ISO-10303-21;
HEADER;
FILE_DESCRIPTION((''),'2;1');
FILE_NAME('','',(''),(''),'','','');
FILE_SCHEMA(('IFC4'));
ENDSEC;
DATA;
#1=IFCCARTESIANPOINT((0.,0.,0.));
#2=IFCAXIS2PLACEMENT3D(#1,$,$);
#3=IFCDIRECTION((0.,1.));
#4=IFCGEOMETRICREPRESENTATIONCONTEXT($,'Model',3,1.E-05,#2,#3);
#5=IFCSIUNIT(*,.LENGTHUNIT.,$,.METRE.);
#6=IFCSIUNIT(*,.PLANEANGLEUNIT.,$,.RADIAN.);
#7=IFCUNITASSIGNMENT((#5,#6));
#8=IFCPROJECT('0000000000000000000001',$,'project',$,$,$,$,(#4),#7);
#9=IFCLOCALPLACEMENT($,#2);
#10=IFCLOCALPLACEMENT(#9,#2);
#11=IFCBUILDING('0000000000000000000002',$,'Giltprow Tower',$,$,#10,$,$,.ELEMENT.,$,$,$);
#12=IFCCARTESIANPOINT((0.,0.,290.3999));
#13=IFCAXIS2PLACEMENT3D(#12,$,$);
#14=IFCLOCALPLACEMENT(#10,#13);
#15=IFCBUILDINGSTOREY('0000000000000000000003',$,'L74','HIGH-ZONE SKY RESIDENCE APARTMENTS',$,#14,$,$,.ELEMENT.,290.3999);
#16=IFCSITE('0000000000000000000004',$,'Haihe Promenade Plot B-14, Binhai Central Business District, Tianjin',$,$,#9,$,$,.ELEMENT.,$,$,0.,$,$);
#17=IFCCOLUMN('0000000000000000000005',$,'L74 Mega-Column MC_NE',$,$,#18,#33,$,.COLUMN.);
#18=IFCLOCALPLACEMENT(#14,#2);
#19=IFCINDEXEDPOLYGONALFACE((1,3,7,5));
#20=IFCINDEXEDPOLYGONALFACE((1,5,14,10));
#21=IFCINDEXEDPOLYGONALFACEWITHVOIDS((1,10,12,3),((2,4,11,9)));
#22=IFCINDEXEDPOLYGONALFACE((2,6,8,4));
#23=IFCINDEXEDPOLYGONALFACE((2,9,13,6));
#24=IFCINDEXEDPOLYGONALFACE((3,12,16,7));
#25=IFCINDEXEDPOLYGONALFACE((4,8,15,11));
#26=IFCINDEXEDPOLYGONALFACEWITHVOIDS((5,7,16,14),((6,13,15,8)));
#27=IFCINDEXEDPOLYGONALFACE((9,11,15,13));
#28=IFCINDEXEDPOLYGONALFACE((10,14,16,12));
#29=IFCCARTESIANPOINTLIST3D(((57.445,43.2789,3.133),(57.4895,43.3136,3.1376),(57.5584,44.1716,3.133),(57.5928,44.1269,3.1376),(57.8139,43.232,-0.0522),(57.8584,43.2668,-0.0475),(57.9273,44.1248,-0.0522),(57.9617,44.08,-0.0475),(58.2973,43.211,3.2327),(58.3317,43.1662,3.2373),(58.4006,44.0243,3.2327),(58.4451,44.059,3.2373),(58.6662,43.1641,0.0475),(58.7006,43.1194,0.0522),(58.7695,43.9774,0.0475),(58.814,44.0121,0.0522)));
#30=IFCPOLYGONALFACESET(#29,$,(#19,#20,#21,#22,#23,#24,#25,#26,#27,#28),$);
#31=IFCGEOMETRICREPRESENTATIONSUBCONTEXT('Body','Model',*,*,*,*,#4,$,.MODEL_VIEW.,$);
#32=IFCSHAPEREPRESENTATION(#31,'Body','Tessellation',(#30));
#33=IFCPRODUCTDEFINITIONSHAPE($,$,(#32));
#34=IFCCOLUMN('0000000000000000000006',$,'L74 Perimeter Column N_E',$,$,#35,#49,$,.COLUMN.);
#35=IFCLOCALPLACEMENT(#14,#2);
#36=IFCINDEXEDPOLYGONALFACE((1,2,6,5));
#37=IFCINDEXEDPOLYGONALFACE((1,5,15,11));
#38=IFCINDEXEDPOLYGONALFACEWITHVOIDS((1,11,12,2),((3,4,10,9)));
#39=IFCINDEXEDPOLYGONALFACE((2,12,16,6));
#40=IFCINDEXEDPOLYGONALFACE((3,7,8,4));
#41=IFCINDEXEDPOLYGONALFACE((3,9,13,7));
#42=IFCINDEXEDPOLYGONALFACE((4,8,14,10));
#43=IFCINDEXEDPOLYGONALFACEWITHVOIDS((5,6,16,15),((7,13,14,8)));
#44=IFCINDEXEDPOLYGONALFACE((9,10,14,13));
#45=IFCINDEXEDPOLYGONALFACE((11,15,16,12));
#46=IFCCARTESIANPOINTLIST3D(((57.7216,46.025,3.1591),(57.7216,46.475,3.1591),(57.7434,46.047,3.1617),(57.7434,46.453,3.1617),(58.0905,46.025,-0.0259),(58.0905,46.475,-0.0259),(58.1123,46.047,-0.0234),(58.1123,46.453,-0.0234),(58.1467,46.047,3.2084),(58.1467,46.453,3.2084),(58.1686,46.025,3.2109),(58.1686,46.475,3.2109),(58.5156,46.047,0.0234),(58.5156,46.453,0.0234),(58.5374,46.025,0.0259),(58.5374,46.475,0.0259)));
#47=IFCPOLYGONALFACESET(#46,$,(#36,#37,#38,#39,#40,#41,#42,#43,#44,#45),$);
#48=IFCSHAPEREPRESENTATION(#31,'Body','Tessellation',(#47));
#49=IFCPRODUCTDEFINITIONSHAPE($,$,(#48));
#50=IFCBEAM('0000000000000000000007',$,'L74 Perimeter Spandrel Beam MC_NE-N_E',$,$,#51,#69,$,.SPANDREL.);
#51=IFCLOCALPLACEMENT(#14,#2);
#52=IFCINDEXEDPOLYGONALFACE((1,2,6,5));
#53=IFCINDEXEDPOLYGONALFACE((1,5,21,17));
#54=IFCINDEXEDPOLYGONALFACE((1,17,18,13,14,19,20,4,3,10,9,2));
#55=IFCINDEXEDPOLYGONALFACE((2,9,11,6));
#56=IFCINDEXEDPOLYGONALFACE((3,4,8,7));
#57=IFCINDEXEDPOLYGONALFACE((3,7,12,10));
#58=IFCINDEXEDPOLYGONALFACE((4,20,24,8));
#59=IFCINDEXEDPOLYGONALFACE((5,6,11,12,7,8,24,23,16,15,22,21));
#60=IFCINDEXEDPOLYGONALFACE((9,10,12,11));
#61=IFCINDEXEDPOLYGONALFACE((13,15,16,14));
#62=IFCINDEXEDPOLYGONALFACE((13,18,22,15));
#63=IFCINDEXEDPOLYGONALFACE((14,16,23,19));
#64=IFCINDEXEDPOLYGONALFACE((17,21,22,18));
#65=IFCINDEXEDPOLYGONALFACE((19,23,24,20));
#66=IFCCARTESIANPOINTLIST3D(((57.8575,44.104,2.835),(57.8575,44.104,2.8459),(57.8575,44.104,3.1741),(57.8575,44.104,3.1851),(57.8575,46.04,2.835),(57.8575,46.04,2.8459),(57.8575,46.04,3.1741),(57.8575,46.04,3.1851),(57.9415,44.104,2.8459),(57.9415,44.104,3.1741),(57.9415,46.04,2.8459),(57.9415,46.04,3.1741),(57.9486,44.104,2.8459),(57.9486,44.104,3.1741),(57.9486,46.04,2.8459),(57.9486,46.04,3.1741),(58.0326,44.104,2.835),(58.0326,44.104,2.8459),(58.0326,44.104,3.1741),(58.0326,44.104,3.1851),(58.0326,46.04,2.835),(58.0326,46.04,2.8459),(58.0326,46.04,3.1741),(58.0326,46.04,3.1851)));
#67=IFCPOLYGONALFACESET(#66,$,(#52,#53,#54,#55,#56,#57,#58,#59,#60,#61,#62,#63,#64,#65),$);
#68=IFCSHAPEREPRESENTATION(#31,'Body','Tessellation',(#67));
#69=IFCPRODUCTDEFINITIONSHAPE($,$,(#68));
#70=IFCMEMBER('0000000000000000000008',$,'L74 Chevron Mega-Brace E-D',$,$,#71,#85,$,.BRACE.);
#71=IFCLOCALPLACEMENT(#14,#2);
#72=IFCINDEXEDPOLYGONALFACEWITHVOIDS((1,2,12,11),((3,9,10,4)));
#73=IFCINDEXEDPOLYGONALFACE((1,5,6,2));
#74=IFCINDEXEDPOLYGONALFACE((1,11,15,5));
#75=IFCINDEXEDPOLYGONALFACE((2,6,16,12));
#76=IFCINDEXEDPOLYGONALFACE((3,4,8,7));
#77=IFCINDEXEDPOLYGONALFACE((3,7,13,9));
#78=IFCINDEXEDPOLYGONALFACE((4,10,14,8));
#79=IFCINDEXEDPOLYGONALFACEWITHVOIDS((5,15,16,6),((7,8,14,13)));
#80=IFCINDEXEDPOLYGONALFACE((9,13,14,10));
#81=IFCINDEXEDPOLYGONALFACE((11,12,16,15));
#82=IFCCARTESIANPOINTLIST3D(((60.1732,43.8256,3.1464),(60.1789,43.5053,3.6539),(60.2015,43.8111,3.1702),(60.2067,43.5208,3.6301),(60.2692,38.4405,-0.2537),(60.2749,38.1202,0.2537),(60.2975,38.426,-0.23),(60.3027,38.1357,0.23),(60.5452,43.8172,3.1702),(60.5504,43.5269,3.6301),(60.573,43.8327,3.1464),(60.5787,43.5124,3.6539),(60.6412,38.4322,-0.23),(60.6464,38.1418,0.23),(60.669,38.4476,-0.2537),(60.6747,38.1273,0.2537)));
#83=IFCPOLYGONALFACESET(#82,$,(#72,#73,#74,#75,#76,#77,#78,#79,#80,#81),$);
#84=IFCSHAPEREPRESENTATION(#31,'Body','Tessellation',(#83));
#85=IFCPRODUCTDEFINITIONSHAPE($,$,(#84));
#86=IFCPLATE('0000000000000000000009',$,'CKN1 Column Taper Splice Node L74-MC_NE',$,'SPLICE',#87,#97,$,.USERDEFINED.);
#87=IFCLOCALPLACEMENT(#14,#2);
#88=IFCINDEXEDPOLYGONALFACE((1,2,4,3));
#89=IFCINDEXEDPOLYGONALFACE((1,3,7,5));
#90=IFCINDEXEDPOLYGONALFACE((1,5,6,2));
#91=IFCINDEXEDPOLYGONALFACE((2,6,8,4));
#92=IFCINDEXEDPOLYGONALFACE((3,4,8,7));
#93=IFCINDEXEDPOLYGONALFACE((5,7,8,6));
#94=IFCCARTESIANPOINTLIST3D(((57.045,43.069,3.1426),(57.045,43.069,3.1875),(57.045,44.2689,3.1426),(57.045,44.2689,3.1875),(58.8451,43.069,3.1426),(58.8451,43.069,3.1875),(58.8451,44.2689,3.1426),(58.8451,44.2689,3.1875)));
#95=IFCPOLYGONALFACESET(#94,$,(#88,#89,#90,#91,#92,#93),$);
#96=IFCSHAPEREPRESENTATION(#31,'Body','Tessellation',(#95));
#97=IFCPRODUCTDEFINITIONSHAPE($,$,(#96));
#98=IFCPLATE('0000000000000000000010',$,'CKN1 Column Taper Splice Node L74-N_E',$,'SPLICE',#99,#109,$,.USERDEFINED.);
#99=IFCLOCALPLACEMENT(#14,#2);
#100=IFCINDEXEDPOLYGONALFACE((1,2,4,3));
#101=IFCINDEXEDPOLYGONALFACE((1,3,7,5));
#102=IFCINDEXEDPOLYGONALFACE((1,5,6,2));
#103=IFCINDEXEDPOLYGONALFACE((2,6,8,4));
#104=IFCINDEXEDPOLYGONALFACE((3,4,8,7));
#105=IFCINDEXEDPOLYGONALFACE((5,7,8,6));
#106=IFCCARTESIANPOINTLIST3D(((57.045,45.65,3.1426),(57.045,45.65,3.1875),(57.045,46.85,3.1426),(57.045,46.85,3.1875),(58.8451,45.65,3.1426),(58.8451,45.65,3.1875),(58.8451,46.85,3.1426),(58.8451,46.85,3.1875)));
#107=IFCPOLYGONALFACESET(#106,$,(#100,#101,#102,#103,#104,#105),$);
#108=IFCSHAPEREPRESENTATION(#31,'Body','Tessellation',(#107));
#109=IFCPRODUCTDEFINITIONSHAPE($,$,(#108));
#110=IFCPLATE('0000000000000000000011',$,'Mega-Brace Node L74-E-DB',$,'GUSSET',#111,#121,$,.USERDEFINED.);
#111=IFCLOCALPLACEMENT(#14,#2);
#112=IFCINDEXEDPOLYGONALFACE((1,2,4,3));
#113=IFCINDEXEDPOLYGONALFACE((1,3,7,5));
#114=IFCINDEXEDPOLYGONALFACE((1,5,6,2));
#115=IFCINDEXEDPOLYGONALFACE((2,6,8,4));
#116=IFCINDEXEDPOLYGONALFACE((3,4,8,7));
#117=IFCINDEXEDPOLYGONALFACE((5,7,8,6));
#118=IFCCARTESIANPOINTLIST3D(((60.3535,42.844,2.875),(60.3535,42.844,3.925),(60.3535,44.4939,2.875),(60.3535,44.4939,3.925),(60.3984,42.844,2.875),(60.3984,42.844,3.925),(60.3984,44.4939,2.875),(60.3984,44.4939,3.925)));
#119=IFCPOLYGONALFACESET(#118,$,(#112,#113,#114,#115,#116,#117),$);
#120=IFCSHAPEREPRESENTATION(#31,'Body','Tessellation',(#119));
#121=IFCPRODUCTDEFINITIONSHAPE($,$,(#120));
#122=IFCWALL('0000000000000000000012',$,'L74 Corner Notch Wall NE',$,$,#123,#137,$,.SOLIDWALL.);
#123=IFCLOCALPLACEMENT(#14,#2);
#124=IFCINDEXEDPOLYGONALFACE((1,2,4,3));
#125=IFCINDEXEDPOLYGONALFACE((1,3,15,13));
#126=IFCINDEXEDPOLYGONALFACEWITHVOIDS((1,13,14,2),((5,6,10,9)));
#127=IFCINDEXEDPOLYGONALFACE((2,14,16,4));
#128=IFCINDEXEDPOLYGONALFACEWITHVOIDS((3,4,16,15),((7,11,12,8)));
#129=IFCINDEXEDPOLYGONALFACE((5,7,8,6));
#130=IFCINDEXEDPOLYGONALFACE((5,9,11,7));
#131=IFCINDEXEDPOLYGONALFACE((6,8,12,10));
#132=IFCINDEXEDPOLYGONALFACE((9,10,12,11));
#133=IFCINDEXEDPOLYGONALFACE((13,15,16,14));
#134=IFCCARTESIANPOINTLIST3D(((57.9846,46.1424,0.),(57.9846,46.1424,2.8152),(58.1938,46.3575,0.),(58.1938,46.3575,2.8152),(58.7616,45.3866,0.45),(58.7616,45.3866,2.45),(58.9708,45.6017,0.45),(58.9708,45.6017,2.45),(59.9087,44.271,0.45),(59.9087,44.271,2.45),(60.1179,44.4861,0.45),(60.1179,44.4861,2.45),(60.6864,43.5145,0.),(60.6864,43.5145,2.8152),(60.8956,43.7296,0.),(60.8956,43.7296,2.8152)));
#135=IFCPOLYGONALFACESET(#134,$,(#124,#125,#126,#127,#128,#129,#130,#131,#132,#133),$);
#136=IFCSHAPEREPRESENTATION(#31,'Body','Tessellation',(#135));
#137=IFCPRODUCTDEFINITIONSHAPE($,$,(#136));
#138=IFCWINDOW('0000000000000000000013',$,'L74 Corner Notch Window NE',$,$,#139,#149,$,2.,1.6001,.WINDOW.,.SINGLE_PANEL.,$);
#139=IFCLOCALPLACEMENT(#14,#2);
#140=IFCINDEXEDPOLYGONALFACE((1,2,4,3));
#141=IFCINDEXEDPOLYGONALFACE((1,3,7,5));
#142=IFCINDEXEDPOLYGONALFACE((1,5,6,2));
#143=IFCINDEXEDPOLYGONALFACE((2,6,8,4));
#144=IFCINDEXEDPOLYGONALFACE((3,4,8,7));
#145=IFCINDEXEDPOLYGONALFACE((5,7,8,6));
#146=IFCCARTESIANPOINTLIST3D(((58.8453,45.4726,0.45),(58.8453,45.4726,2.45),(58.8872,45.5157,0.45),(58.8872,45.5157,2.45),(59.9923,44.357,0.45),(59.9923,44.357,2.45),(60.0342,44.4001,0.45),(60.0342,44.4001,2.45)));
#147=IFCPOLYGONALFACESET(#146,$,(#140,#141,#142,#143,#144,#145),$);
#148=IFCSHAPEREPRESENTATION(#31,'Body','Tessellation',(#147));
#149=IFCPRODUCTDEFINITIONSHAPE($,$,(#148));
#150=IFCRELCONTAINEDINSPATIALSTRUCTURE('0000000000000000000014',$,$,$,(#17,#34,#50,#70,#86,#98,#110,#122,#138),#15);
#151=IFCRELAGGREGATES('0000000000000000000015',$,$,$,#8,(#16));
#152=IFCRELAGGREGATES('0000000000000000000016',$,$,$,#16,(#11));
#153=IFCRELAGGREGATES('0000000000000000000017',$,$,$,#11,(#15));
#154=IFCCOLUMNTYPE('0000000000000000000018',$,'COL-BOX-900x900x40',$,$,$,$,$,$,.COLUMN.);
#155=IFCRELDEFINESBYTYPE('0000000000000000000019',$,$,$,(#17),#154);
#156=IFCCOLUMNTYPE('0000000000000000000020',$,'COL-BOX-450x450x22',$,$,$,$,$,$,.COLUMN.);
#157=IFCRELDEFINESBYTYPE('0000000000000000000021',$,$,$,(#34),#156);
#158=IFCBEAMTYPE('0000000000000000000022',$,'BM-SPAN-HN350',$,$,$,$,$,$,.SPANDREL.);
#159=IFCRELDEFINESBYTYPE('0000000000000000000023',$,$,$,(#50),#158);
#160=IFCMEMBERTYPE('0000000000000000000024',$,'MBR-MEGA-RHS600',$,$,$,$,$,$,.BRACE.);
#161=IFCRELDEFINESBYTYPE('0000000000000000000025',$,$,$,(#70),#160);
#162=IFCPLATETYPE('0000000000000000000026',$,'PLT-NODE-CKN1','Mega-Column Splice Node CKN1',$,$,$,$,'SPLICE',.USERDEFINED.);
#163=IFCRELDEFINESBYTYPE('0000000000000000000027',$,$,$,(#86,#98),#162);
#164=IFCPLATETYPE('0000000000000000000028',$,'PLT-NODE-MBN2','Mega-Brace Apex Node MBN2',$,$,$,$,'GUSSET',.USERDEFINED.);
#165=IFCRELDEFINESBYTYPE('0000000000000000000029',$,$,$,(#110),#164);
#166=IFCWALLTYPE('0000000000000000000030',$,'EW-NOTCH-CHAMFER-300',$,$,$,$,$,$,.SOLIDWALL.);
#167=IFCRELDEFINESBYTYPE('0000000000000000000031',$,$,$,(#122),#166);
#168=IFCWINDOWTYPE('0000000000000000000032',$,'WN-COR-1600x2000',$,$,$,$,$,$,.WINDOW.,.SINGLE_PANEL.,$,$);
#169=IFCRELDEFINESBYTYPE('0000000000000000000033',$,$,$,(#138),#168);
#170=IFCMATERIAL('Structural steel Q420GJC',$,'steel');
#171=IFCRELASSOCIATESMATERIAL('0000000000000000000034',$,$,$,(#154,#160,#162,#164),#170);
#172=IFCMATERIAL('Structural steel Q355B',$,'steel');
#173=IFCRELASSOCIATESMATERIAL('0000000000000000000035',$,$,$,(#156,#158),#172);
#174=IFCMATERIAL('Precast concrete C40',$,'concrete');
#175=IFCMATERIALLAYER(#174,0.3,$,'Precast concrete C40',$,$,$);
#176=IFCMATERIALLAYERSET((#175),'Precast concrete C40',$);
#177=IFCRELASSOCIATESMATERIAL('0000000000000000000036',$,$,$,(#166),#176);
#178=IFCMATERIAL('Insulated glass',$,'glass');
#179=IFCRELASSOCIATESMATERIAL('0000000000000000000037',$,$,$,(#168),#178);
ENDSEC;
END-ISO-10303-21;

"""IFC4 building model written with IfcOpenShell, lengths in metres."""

from ifc_helpers import new_model, si_unit, direction, frame, frame_2d, origin, origin_2d, place, context, subcontext, project, spatial, rectangle, hollow_rectangle, i_section, extrude, source, transform, mapped, material, layer, layer_set, material_profile, profile_set, type_object, element, fill, save


model = new_model("IFC4")

# Units and contexts
model_context = context("Model", 3, precision=1e-05, world=origin(), true_north=direction((0.0, 1.0)))
body_context = subcontext(model_context, "Body", "Model", "MODEL_VIEW")
ifc_project = project(units=[si_unit("LENGTHUNIT", "METRE"), si_unit("PLANEANGLEUNIT", "RADIAN")], contexts=[model_context])

# Site, building, storey
site_placement = place(None, origin())
site = spatial("IfcSite", under=ifc_project, at=site_placement, Name="Haihe Promenade Plot B-14, Binhai Central Business District, Tianjin", CompositionType="ELEMENT", RefElevation=0.0)
building_placement = place(site_placement, origin())
building = spatial("IfcBuilding", under=site, at=building_placement, Name="Giltprow Tower", CompositionType="ELEMENT")
storey_placement = place(building_placement, frame((0.0, 0.0, 290.3999)))
storey = spatial("IfcBuildingStorey", under=building, at=storey_placement, Name="L74", Description="HIGH-ZONE SKY RESIDENCE APARTMENTS", CompositionType="ELEMENT", Elevation=290.3999)

# Columns
ifc_material_1 = material(Name="Structural steel Q420GJC", Category="steel")
ifc_material_profile_1 = material_profile(ifc_material_1, hollow_rectangle(XDim=0.8999, YDim=0.8999, WallThickness=0.04, at=origin_2d()), Name="BOX 900x900x40")
ifc_profile_set_1 = profile_set([ifc_material_profile_1], Name="Structural steel Q420GJC")
column_type_1 = type_object("IfcColumnType", Name="COL-BOX-900x900x40", PredefinedType="COLUMN", material=ifc_profile_set_1)
shared_shape_1 = source(origin(), body_context, "Body", "SweptSolid", [
    extrude(hollow_rectangle(XDim=0.8999, YDim=0.8999, WallThickness=0.04, at=origin_2d()), origin(), (0.0, 0.0, 1.0), 3.2068),
])
column_1_placement = place(storey_placement, frame((58.314, 43.6221, 0.0), z_axis=(-0.11504, 0.014618, 0.993253), x_axis=(-0.126055, -0.992023, 0.0)))
element("IfcColumn", 1, at=column_1_placement, inside=storey, type_object=column_type_1, Name="L74 Mega-Column MC_NE", PredefinedType="COLUMN", context=body_context, shape_type="MappedRepresentation", body=[
    mapped(shared_shape_1, transform((0.0, 0.0, 0.0), x_axis=(1.0, 0.0, 0.0), y_axis=(0.0, 1.0, 0.0), z_axis=(0.0, 0.0, 1.0), scale=1.0)),
])
ifc_material_2 = material(Name="Structural steel Q355B", Category="steel")
ifc_material_profile_2 = material_profile(ifc_material_2, hollow_rectangle(XDim=0.45, YDim=0.45, WallThickness=0.022, at=origin_2d()), Name="BOX 450x450x22")
ifc_profile_set_2 = profile_set([ifc_material_profile_2], Name="Structural steel Q355B")
column_type_2 = type_object("IfcColumnType", Name="COL-BOX-450x450x22", PredefinedType="COLUMN", material=ifc_profile_set_2)
shared_shape_2 = source(origin(), body_context, "Body", "SweptSolid", [
    extrude(hollow_rectangle(XDim=0.45, YDim=0.45, WallThickness=0.022, at=origin_2d()), origin(), (0.0, 0.0, 1.0), 3.2063),
])
column_2_placement = place(storey_placement, frame((58.314, 46.25, 0.0), z_axis=(-0.115052, 0.0, 0.993359), x_axis=(0.0, -1.0, 0.0)))
element("IfcColumn", 2, at=column_2_placement, inside=storey, type_object=column_type_2, Name="L74 Perimeter Column N_E", PredefinedType="COLUMN", context=body_context, shape_type="MappedRepresentation", body=[
    mapped(shared_shape_2, transform((0.0, 0.0, 0.0), x_axis=(1.0, 0.0, 0.0), y_axis=(0.0, 1.0, 0.0), z_axis=(0.0, 0.0, 1.0), scale=1.0)),
])

# Beam
ifc_material_profile_3 = material_profile(ifc_material_2, i_section(OverallWidth=0.175, OverallDepth=0.3501, WebThickness=0.0071, FlangeThickness=0.011, at=origin_2d()), Name="HN 350x175x7x11")
ifc_profile_set_3 = profile_set([ifc_material_profile_3], Name="Structural steel Q355B")
beam_type = type_object("IfcBeamType", Name="BM-SPAN-HN350", PredefinedType="SPANDREL", material=ifc_profile_set_3)
shared_shape_3 = source(origin(), body_context, "Body", "SweptSolid", [
    extrude(i_section(OverallWidth=0.175, OverallDepth=0.3501, WebThickness=0.0071, FlangeThickness=0.011, at=origin_2d()), origin(), (0.0, 0.0, 1.0), 1.936),
])
beam_placement = place(storey_placement, frame((57.9451, 44.104, 3.01), z_axis=(0.0, 1.0, 0.0), x_axis=(-1.0, 0.0, 0.0)))
element("IfcBeam", 3, at=beam_placement, inside=storey, type_object=beam_type, Name="L74 Perimeter Spandrel Beam MC_NE-N_E", PredefinedType="SPANDREL", context=body_context, shape_type="MappedRepresentation", body=[
    mapped(shared_shape_3, transform((0.0, 0.0, 0.0), x_axis=(1.0, 0.0, 0.0), y_axis=(0.0, 1.0, 0.0), z_axis=(0.0, 0.0, 1.0), scale=1.0)),
])

# Member
ifc_material_profile_4 = material_profile(ifc_material_1, hollow_rectangle(XDim=0.3999, YDim=0.6001, WallThickness=0.0281, at=origin_2d()), Name="RHS 600x400x28")
ifc_profile_set_4 = profile_set([ifc_material_profile_4], Name="Structural steel Q420GJC")
member_type = type_object("IfcMemberType", Name="MBR-MEGA-RHS600", PredefinedType="BRACE", material=ifc_profile_set_4)
shared_shape_4 = source(origin(), body_context, "Body", "SweptSolid", [
    extrude(hollow_rectangle(XDim=0.3999, YDim=0.6001, WallThickness=0.0281, at=origin_2d()), origin(), (0.0, 0.0, 1.0), 6.3694),
])
member_placement = place(storey_placement, frame((60.4719, 38.2839, 0.0), z_axis=(-0.015064, 0.845458, 0.53383), x_axis=(-0.999841, -0.017815, 0.0)))
element("IfcMember", 4, at=member_placement, inside=storey, type_object=member_type, Name="L74 Chevron Mega-Brace E-D", PredefinedType="BRACE", context=body_context, shape_type="MappedRepresentation", body=[
    mapped(shared_shape_4, transform((0.0, 0.0, 0.0), x_axis=(1.0, 0.0, 0.0), y_axis=(0.0, 1.0, 0.0), z_axis=(0.0, 0.0, 1.0), scale=1.0)),
])

# Plates
plate_type_1 = type_object("IfcPlateType", Name="PLT-NODE-CKN1", Description="Mega-Column Splice Node CKN1", ElementType="SPLICE", PredefinedType="USERDEFINED", material=ifc_material_1)
shared_shape_5 = source(origin(), body_context, "Body", "SweptSolid", [
    extrude(rectangle(XDim=1.8, YDim=1.2, at=origin_2d()), origin(), (0.0, 0.0, 1.0), 0.0449),
])
for number, where, z_axis, x_axis, name in (
    (5, (57.9451, 43.6689, 3.1426), (0.0, 0.0, 1.0), (1.0, 0.0, 0.0), "CKN1 Column Taper Splice Node L74-MC_NE"),
    (6, (57.9451, 46.25, 3.1426), (0.0, 0.0, 1.0), (1.0, 0.0, 0.0), "CKN1 Column Taper Splice Node L74-N_E"),
):
    element("IfcPlate", number, at=place(storey_placement, frame(where, z_axis=z_axis, x_axis=x_axis)), inside=storey, type_object=plate_type_1, Name=name, ObjectType="SPLICE", PredefinedType="USERDEFINED", context=body_context, shape_type="MappedRepresentation", body=[
        mapped(shared_shape_5, transform((0.0, 0.0, 0.0), x_axis=(1.0, 0.0, 0.0), y_axis=(0.0, 1.0, 0.0), z_axis=(0.0, 0.0, 1.0), scale=1.0)),
    ])
plate_type_2 = type_object("IfcPlateType", Name="PLT-NODE-MBN2", Description="Mega-Brace Apex Node MBN2", ElementType="GUSSET", PredefinedType="USERDEFINED", material=ifc_material_1)
shared_shape_6 = source(origin(), body_context, "Body", "SweptSolid", [
    extrude(rectangle(XDim=1.6499, YDim=0.0449, at=origin_2d()), origin(), (0.0, 0.0, 1.0), 1.05),
])
plate_placement = place(storey_placement, frame((60.376, 43.6689, 2.875), z_axis=(0.0, 0.0, 1.0), x_axis=(0.0, 1.0, 0.0)))
element("IfcPlate", 7, at=plate_placement, inside=storey, type_object=plate_type_2, Name="Mega-Brace Node L74-E-DB", ObjectType="GUSSET", PredefinedType="USERDEFINED", context=body_context, shape_type="MappedRepresentation", body=[
    mapped(shared_shape_6, transform((0.0, 0.0, 0.0), x_axis=(1.0, 0.0, 0.0), y_axis=(0.0, 1.0, 0.0), z_axis=(0.0, 0.0, 1.0), scale=1.0)),
])

# Wall, opening, window
ifc_material_3 = material(Name="Precast concrete C40", Category="concrete")
ifc_layer_1 = layer(ifc_material_3, 0.3, Name="Precast concrete C40")
ifc_layer_set_1 = layer_set([ifc_layer_1], Name="Precast concrete C40")
wall_type_1 = type_object("IfcWallType", Name="EW-NOTCH-CHAMFER-300", PredefinedType="SOLIDWALL", material=ifc_layer_set_1)
wall_1_placement = place(storey_placement, frame((60.791, 43.6221, 0.0), z_axis=(0.0, 0.0, 1.0), x_axis=(-0.716852, 0.697225, 0.0)))
wall_1 = element("IfcWall", 8, at=wall_1_placement, inside=storey, type_object=wall_type_1, Name="L74 Corner Notch Wall NE", PredefinedType="SOLIDWALL", context=body_context, shape_type="SweptSolid", body=[
    extrude(rectangle(XDim=3.769, YDim=0.3, at=frame_2d((1.8845, 0.0))), origin(), (0.0, 0.0, 1.0), 2.8152),
])
opening_1_placement = place(wall_1_placement, frame((1.085, 0.0, 0.45)))
opening_1 = element("IfcOpeningElement", 9, at=opening_1_placement, cuts=wall_1, PredefinedType="OPENING", context=body_context, shape_type="SweptSolid", body=[
    extrude(rectangle(XDim=1.6001, YDim=2.0, at=frame_2d((0.8, 1.0))), frame((0.0, 0.1599, 0.0), z_axis=(0.0, -1.0, 0.0), x_axis=(1.0, 0.0, 0.0)), (0.0, 0.0, 1.0), 0.3201),
])
ifc_material_4 = material(Name="Insulated glass", Category="glass")
window_type = type_object("IfcWindowType", Name="WN-COR-1600x2000", PartitioningType="SINGLE_PANEL", PredefinedType="WINDOW", material=ifc_material_4)
shared_shape_7 = source(origin(), body_context, "Body", "SweptSolid", [
    extrude(rectangle(XDim=1.6001, YDim=2.0, at=frame_2d((0.8, 1.0))), frame((0.0, 0.03, 0.0), z_axis=(0.0, -1.0, 0.0), x_axis=(1.0, 0.0, 0.0)), (0.0, 0.0, 1.0), 0.0601),
])
window_placement = place(opening_1_placement, origin())
window = element("IfcWindow", 10, at=window_placement, inside=storey, type_object=window_type, Name="L74 Corner Notch Window NE", OverallHeight=2.0, OverallWidth=1.6001, PartitioningType="SINGLE_PANEL", PredefinedType="WINDOW", context=body_context, shape_type="MappedRepresentation", body=[
    mapped(shared_shape_7, transform((0.0, 0.0, 0.0), x_axis=(1.0, 0.0, 0.0), y_axis=(0.0, 1.0, 0.0), z_axis=(0.0, 0.0, 1.0), scale=1.0)),
])
fill(opening_1, window)

save(model, "model.ifc")
